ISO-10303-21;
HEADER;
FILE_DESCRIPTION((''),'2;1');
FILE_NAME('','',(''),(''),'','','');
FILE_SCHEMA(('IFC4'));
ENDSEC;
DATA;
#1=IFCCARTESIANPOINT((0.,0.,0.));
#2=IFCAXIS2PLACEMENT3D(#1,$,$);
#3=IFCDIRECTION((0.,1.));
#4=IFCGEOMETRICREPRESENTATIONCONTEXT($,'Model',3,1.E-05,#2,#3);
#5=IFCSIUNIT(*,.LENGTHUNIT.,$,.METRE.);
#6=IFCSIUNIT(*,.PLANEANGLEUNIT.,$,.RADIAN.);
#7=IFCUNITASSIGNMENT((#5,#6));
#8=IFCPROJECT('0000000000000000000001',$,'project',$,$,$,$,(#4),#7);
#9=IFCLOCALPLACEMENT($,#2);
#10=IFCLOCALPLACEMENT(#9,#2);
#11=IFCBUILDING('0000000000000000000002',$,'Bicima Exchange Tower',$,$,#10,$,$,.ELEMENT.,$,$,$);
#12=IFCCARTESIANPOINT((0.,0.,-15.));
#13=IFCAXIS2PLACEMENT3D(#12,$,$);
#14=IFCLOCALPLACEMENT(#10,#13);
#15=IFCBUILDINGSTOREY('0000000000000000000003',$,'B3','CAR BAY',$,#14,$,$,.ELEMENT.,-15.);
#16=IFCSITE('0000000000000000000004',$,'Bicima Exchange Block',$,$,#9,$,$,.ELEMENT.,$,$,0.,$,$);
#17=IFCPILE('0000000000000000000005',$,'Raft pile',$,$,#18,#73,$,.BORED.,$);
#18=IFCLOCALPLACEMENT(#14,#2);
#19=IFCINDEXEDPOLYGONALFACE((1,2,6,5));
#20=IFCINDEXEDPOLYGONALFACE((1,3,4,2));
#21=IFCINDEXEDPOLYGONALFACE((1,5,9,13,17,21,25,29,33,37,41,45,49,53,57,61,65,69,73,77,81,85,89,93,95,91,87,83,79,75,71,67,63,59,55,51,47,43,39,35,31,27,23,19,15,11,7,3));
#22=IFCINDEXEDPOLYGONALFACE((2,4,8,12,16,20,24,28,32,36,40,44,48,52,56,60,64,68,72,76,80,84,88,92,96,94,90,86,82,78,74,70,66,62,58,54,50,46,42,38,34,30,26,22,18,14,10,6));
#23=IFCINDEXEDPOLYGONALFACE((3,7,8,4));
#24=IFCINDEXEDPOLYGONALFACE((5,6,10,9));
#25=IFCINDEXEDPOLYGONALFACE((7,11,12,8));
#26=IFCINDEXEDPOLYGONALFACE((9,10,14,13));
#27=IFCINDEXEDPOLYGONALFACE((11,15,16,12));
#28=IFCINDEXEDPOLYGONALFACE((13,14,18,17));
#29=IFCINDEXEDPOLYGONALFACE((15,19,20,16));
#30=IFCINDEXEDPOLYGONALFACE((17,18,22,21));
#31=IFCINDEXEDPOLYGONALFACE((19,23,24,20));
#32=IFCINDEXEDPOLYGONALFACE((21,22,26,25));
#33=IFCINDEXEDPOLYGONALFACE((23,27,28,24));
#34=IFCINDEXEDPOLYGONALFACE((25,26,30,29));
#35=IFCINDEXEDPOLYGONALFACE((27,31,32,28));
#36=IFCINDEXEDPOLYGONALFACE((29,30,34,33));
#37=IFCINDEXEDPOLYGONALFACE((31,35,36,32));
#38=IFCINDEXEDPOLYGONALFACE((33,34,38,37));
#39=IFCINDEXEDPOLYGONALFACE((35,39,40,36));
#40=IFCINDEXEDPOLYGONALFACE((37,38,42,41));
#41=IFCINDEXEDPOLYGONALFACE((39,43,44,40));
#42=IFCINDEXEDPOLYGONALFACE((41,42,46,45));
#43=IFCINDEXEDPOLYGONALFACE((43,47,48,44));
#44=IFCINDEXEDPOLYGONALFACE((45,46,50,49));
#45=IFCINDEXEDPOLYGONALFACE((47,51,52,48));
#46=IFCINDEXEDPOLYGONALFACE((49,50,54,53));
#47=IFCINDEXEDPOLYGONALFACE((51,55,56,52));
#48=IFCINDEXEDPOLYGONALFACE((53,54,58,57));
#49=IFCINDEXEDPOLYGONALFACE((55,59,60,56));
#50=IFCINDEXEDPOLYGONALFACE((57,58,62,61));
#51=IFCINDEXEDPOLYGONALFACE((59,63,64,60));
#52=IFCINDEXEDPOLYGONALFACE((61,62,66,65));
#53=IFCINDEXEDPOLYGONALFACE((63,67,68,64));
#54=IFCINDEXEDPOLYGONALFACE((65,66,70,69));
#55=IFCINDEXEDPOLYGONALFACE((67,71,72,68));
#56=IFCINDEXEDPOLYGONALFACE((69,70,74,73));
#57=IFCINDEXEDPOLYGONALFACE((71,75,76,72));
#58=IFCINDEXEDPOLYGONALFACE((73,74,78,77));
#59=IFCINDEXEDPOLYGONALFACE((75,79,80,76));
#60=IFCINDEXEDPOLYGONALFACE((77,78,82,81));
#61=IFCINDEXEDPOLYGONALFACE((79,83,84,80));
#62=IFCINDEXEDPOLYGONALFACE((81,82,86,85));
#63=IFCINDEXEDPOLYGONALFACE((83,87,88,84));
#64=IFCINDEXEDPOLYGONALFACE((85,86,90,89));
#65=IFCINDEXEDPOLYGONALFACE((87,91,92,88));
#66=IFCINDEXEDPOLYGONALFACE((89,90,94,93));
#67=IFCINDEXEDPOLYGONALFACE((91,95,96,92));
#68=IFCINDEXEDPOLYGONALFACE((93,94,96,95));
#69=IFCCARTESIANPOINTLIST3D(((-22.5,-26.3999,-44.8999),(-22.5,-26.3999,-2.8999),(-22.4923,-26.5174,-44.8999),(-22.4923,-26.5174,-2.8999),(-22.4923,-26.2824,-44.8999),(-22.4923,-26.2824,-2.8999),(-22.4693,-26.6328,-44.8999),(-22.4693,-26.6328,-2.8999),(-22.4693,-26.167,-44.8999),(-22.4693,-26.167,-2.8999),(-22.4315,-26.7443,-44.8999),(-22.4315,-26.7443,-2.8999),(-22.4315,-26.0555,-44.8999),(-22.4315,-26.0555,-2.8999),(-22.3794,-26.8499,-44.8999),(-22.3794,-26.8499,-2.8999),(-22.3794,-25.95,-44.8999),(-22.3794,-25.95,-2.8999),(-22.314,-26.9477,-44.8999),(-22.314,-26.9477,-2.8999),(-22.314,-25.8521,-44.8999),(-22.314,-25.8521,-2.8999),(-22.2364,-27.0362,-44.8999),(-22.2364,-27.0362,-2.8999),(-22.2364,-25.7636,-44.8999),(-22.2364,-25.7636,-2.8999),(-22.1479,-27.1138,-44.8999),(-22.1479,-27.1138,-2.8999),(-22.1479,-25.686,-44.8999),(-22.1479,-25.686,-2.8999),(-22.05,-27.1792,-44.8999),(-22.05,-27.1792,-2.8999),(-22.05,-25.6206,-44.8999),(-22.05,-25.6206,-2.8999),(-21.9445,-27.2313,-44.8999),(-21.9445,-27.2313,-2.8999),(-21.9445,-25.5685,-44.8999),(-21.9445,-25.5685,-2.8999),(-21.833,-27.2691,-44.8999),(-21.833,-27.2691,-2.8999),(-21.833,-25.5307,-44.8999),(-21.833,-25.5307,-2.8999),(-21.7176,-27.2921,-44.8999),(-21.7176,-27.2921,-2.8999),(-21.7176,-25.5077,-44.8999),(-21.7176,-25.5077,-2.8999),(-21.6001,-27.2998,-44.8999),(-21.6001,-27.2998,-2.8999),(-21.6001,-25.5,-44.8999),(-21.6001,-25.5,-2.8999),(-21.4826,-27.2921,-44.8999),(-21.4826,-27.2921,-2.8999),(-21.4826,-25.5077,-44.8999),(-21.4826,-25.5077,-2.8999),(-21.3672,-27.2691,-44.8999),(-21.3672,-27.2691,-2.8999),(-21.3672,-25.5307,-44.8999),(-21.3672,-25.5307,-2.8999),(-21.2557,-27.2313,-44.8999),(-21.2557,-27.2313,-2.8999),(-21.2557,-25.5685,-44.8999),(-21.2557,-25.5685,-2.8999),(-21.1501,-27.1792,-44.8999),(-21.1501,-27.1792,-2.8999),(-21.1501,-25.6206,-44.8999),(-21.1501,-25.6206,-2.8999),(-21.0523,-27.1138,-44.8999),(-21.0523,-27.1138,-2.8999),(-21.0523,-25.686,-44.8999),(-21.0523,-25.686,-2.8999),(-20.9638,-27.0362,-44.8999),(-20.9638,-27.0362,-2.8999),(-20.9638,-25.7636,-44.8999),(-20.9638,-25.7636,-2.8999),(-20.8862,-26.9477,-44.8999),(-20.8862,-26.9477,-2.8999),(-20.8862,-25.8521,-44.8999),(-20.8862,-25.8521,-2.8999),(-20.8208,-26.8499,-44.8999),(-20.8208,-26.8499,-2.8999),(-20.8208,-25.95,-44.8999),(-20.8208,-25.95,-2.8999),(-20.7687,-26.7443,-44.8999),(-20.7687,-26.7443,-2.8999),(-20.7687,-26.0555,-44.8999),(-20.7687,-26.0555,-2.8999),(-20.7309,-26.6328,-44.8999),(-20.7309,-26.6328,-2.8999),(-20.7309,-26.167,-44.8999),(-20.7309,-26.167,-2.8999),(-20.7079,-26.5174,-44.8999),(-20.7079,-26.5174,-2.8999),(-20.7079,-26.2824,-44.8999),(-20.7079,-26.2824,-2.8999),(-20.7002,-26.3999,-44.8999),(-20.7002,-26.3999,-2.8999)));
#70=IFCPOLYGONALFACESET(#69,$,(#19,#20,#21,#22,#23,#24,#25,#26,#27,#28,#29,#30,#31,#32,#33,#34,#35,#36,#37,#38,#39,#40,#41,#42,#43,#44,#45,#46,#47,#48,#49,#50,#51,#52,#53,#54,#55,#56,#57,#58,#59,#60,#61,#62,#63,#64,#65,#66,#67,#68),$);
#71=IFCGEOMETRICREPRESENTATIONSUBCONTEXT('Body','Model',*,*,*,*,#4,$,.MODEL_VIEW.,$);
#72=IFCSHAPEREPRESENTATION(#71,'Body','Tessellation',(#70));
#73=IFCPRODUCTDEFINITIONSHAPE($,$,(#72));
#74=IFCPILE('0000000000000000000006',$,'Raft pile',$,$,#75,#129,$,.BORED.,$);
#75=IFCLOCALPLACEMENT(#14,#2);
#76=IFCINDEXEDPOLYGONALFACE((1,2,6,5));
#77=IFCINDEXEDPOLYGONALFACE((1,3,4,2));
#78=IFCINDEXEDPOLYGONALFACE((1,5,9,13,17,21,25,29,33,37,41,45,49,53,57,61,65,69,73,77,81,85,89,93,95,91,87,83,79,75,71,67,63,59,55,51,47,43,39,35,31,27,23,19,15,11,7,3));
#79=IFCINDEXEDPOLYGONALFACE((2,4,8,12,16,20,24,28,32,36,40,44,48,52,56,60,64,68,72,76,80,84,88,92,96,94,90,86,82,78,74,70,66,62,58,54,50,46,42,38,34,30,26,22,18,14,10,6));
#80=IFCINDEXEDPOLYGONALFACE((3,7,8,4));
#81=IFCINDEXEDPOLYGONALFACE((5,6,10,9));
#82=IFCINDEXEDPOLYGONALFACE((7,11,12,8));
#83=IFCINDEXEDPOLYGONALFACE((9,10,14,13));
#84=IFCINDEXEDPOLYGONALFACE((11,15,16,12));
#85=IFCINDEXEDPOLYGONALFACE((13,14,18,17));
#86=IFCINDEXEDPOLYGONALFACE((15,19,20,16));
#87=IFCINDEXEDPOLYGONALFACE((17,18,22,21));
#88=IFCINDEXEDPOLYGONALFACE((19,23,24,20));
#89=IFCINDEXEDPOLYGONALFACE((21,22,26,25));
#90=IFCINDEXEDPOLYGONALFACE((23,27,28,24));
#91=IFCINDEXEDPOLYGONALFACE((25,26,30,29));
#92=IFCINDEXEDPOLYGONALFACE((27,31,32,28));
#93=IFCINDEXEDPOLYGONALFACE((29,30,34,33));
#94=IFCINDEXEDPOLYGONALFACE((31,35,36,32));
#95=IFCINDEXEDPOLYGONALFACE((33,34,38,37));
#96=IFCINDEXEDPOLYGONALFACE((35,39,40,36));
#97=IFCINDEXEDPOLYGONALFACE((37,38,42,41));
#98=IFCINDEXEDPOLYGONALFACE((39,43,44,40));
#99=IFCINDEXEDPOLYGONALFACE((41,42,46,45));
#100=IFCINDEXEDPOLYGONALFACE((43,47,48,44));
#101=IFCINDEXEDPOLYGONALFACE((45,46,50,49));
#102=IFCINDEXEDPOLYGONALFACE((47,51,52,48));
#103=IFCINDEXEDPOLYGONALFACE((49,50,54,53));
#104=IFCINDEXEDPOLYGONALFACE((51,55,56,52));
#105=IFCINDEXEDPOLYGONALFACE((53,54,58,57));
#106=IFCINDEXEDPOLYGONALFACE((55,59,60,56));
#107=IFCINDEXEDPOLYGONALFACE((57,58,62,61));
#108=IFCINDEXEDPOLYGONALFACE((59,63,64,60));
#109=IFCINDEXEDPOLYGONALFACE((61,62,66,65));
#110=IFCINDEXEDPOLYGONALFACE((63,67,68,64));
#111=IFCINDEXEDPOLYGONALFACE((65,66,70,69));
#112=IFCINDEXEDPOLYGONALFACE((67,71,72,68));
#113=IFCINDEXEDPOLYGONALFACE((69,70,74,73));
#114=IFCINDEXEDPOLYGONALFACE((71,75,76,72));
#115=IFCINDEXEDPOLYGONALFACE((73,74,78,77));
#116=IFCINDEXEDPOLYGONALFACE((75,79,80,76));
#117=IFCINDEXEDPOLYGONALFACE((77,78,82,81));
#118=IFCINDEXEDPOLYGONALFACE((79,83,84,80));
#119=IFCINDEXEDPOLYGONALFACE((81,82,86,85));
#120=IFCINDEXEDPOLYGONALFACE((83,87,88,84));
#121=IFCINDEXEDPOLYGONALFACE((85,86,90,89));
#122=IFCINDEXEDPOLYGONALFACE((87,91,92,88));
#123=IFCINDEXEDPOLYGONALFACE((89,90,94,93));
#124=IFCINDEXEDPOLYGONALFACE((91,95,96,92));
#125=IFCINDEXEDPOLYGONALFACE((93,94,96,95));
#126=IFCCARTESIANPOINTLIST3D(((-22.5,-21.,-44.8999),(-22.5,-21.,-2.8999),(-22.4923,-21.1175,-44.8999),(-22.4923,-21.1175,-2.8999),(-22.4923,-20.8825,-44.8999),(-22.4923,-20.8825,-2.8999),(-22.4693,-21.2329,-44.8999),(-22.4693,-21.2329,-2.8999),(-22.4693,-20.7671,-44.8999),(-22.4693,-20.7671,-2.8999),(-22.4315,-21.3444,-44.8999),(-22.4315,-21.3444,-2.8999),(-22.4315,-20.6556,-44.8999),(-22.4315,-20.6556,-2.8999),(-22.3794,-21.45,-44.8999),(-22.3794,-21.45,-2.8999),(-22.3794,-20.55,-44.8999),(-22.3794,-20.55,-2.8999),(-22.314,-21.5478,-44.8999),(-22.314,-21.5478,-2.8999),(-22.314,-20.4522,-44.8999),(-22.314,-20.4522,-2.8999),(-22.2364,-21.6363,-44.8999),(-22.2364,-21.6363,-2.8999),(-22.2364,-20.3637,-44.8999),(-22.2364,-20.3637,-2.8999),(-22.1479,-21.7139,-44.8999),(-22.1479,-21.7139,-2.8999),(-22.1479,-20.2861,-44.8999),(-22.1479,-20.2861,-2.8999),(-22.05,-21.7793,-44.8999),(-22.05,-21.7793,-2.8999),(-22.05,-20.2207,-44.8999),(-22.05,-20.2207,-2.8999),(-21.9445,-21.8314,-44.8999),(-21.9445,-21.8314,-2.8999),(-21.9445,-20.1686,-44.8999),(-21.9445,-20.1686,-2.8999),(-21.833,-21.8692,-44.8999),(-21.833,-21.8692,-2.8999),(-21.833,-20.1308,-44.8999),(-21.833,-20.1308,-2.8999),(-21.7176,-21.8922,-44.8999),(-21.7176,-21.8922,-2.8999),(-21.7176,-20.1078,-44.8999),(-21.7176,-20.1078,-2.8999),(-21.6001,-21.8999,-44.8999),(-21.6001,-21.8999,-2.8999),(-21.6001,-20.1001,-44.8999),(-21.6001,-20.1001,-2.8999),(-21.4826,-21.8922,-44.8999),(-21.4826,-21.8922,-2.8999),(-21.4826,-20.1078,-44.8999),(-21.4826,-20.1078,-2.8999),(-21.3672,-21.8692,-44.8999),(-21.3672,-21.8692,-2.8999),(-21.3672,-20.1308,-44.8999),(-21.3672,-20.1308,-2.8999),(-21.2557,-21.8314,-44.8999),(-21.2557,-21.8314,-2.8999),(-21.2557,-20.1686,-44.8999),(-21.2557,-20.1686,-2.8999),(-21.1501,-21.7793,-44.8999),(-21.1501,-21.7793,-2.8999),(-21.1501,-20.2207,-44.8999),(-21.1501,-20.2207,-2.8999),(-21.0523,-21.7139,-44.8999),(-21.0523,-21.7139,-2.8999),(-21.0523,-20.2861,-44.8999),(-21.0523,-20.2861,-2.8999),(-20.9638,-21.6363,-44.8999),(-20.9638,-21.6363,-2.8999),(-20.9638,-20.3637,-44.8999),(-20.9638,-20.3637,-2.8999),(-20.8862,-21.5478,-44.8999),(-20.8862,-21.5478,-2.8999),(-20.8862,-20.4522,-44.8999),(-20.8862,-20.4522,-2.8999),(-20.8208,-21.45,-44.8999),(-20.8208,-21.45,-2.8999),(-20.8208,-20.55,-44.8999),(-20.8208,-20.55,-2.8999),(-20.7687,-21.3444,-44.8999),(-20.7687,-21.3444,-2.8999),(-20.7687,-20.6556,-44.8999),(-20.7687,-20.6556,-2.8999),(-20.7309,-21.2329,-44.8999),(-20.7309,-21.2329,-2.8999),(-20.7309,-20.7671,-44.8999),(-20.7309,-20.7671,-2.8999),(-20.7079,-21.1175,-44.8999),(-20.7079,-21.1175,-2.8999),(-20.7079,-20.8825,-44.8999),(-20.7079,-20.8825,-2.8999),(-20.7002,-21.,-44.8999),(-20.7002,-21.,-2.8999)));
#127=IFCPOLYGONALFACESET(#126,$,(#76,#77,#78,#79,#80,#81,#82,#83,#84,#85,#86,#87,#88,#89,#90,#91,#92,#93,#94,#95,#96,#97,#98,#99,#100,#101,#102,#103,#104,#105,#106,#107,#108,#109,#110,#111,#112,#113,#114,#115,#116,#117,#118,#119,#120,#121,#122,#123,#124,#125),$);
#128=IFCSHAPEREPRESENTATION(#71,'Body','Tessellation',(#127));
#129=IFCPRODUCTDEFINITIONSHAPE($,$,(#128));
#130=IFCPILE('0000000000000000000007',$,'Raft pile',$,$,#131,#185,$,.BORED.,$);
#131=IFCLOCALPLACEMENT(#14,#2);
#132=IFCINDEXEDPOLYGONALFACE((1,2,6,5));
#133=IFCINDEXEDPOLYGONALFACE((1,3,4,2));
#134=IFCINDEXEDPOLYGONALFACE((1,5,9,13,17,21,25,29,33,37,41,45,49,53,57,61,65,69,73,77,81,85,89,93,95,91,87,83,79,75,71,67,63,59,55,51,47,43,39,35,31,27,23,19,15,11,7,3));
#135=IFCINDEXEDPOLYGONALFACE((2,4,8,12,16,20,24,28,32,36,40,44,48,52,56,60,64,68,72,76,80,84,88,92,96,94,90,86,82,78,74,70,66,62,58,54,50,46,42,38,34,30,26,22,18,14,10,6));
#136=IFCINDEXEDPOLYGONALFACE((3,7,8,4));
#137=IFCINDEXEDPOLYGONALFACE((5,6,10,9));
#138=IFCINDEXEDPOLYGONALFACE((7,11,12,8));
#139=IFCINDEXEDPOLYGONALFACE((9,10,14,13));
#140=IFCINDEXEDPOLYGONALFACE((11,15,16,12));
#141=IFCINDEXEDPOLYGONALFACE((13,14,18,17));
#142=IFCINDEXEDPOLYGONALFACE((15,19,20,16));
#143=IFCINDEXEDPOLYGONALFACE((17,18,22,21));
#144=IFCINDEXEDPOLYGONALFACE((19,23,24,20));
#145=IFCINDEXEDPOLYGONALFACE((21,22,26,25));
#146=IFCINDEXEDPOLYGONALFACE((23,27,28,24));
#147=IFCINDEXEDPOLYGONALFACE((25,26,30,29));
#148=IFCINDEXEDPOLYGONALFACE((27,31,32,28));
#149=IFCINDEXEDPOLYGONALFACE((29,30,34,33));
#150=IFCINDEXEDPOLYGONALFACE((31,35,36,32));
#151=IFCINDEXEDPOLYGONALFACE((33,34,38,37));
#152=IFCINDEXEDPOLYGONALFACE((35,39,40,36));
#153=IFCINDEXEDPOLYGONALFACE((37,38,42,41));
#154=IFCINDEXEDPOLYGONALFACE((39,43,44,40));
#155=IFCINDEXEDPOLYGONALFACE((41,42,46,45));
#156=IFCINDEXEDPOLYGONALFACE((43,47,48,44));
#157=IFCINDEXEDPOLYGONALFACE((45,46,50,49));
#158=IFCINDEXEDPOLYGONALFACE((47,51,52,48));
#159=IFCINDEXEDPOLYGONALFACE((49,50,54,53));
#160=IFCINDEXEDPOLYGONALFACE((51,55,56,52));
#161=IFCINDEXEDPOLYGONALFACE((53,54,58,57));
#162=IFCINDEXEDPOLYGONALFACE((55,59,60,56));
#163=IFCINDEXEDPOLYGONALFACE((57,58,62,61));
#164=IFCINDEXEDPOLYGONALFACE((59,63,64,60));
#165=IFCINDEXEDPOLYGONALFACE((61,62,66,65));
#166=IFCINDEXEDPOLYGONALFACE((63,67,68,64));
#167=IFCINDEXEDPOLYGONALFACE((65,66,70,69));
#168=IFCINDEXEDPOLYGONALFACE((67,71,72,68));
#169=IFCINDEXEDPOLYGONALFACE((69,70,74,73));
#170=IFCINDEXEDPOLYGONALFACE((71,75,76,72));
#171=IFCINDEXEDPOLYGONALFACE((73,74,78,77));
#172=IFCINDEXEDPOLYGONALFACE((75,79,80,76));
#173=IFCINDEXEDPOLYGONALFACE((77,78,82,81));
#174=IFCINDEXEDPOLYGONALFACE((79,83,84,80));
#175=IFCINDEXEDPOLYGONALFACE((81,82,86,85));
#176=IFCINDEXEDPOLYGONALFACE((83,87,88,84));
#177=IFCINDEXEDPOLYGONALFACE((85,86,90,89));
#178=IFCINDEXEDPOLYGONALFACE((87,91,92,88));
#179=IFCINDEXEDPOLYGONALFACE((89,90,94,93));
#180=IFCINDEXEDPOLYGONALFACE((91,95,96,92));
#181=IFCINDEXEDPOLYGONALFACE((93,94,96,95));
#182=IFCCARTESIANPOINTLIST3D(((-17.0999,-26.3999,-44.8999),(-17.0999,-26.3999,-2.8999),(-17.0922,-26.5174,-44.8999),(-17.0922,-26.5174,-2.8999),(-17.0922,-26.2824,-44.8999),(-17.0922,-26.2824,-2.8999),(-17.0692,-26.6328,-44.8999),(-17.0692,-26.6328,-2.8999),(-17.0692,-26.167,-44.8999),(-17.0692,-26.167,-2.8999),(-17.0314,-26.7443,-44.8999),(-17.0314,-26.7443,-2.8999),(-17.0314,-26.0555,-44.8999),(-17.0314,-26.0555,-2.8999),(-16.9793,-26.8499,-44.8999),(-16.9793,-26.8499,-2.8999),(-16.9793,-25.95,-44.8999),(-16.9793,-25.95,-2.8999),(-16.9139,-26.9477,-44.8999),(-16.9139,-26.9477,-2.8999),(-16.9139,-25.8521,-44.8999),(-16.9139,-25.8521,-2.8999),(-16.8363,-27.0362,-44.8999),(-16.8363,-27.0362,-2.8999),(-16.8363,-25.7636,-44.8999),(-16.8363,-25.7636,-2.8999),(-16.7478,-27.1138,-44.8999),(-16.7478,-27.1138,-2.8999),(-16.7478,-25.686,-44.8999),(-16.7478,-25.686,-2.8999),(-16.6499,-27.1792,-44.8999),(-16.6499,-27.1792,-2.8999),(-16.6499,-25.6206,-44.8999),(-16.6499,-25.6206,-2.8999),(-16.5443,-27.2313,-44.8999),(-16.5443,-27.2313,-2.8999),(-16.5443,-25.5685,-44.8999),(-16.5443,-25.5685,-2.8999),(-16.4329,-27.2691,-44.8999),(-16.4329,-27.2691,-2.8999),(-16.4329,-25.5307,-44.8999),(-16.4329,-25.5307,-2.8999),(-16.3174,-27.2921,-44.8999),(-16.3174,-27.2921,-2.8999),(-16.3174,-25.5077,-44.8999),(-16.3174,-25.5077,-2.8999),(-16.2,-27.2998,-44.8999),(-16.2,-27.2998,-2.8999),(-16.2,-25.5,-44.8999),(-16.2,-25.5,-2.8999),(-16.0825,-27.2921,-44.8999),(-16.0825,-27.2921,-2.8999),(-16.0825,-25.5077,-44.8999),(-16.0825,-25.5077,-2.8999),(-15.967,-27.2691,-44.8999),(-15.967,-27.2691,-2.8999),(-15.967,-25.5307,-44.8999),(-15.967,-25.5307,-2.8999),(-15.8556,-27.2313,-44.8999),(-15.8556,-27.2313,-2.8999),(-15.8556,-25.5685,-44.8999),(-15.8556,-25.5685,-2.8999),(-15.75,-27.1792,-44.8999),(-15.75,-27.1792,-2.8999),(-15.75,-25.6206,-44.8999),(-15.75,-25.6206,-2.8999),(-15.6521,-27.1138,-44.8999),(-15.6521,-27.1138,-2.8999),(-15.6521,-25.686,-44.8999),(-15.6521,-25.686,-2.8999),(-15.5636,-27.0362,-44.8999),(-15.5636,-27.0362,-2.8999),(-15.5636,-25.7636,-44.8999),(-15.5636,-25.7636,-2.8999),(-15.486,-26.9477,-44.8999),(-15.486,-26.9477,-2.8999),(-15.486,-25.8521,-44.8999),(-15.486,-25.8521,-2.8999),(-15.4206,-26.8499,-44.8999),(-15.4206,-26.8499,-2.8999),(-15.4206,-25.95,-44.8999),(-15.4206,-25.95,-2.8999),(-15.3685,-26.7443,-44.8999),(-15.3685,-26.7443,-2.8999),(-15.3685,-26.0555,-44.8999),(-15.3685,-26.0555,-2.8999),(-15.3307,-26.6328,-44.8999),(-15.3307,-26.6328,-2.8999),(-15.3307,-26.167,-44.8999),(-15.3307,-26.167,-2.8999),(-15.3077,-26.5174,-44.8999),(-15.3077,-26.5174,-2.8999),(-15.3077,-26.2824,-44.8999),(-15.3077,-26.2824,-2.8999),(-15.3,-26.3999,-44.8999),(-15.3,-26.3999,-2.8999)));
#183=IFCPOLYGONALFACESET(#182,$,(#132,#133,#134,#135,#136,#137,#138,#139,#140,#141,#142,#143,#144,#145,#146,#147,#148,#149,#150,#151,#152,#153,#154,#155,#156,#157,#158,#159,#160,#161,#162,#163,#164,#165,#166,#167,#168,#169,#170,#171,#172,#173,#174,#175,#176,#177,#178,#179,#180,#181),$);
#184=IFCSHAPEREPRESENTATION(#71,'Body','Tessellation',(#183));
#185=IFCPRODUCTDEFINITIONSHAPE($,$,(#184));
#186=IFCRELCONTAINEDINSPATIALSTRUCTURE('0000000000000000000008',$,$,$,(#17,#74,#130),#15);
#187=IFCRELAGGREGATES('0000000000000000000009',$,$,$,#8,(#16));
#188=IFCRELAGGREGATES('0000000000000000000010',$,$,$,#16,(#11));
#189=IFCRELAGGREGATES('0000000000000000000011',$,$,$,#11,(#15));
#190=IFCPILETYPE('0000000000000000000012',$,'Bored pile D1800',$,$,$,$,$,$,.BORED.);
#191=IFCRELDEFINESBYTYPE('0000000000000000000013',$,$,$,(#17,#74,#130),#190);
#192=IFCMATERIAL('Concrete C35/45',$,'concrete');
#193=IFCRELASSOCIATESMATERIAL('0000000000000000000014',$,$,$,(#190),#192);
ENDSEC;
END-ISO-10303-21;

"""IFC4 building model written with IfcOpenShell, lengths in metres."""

from ifc_helpers import new_model, si_unit, direction, frame, origin, origin_2d, place, context, subcontext, project, spatial, circle, extrude, material, material_profile, profile_set, type_object, element, save


model = new_model("IFC4")

# Units and contexts
model_context = context("Model", 3, precision=1e-05, world=origin(), true_north=direction((0.0, 1.0)))
body_context = subcontext(model_context, "Body", "Model", "MODEL_VIEW")
ifc_project = project(units=[si_unit("LENGTHUNIT", "METRE"), si_unit("PLANEANGLEUNIT", "RADIAN")], contexts=[model_context])

# Site, building, storey
site_placement = place(None, origin())
site = spatial("IfcSite", under=ifc_project, at=site_placement, Name="Bicima Exchange Block", CompositionType="ELEMENT", RefElevation=0.0)
building_placement = place(site_placement, origin())
building = spatial("IfcBuilding", under=site, at=building_placement, Name="Bicima Exchange Tower", CompositionType="ELEMENT")
storey_placement = place(building_placement, frame((0.0, 0.0, -15.0)))
storey = spatial("IfcBuildingStorey", under=building, at=storey_placement, Name="B3", Description="CAR BAY", CompositionType="ELEMENT", Elevation=-15.0)

# Piles
ifc_material_1 = material(Name="Concrete C35/45", Category="concrete")
ifc_material_profile_1 = material_profile(ifc_material_1, circle(Radius=0.8999, at=origin_2d()))
ifc_profile_set_1 = profile_set([ifc_material_profile_1], Name="Concrete C35/45")
pile_type = type_object("IfcPileType", Name="Bored pile D1800", PredefinedType="BORED", material=ifc_profile_set_1)
for number, where, z_axis, x_axis, name in (
    (1, (-21.6001, -26.3999, -2.8999), (0.0, 0.0, -1.0), (1.0, 0.0, 0.0), "Raft pile"),
    (2, (-21.6001, -21.0, -2.8999), (0.0, 0.0, -1.0), (1.0, 0.0, 0.0), "Raft pile"),
    (3, (-16.2, -26.3999, -2.8999), (0.0, 0.0, -1.0), (1.0, 0.0, 0.0), "Raft pile"),
):
    element("IfcPile", number, at=place(storey_placement, frame(where, z_axis=z_axis, x_axis=x_axis)), inside=storey, type_object=pile_type, Name=name, PredefinedType="BORED", context=body_context, shape_type="SweptSolid", body=[
        extrude(circle(Radius=0.8999, at=origin_2d()), origin(), (0.0, 0.0, 1.0), 42.0),
    ])

save(model, "model.ifc")
